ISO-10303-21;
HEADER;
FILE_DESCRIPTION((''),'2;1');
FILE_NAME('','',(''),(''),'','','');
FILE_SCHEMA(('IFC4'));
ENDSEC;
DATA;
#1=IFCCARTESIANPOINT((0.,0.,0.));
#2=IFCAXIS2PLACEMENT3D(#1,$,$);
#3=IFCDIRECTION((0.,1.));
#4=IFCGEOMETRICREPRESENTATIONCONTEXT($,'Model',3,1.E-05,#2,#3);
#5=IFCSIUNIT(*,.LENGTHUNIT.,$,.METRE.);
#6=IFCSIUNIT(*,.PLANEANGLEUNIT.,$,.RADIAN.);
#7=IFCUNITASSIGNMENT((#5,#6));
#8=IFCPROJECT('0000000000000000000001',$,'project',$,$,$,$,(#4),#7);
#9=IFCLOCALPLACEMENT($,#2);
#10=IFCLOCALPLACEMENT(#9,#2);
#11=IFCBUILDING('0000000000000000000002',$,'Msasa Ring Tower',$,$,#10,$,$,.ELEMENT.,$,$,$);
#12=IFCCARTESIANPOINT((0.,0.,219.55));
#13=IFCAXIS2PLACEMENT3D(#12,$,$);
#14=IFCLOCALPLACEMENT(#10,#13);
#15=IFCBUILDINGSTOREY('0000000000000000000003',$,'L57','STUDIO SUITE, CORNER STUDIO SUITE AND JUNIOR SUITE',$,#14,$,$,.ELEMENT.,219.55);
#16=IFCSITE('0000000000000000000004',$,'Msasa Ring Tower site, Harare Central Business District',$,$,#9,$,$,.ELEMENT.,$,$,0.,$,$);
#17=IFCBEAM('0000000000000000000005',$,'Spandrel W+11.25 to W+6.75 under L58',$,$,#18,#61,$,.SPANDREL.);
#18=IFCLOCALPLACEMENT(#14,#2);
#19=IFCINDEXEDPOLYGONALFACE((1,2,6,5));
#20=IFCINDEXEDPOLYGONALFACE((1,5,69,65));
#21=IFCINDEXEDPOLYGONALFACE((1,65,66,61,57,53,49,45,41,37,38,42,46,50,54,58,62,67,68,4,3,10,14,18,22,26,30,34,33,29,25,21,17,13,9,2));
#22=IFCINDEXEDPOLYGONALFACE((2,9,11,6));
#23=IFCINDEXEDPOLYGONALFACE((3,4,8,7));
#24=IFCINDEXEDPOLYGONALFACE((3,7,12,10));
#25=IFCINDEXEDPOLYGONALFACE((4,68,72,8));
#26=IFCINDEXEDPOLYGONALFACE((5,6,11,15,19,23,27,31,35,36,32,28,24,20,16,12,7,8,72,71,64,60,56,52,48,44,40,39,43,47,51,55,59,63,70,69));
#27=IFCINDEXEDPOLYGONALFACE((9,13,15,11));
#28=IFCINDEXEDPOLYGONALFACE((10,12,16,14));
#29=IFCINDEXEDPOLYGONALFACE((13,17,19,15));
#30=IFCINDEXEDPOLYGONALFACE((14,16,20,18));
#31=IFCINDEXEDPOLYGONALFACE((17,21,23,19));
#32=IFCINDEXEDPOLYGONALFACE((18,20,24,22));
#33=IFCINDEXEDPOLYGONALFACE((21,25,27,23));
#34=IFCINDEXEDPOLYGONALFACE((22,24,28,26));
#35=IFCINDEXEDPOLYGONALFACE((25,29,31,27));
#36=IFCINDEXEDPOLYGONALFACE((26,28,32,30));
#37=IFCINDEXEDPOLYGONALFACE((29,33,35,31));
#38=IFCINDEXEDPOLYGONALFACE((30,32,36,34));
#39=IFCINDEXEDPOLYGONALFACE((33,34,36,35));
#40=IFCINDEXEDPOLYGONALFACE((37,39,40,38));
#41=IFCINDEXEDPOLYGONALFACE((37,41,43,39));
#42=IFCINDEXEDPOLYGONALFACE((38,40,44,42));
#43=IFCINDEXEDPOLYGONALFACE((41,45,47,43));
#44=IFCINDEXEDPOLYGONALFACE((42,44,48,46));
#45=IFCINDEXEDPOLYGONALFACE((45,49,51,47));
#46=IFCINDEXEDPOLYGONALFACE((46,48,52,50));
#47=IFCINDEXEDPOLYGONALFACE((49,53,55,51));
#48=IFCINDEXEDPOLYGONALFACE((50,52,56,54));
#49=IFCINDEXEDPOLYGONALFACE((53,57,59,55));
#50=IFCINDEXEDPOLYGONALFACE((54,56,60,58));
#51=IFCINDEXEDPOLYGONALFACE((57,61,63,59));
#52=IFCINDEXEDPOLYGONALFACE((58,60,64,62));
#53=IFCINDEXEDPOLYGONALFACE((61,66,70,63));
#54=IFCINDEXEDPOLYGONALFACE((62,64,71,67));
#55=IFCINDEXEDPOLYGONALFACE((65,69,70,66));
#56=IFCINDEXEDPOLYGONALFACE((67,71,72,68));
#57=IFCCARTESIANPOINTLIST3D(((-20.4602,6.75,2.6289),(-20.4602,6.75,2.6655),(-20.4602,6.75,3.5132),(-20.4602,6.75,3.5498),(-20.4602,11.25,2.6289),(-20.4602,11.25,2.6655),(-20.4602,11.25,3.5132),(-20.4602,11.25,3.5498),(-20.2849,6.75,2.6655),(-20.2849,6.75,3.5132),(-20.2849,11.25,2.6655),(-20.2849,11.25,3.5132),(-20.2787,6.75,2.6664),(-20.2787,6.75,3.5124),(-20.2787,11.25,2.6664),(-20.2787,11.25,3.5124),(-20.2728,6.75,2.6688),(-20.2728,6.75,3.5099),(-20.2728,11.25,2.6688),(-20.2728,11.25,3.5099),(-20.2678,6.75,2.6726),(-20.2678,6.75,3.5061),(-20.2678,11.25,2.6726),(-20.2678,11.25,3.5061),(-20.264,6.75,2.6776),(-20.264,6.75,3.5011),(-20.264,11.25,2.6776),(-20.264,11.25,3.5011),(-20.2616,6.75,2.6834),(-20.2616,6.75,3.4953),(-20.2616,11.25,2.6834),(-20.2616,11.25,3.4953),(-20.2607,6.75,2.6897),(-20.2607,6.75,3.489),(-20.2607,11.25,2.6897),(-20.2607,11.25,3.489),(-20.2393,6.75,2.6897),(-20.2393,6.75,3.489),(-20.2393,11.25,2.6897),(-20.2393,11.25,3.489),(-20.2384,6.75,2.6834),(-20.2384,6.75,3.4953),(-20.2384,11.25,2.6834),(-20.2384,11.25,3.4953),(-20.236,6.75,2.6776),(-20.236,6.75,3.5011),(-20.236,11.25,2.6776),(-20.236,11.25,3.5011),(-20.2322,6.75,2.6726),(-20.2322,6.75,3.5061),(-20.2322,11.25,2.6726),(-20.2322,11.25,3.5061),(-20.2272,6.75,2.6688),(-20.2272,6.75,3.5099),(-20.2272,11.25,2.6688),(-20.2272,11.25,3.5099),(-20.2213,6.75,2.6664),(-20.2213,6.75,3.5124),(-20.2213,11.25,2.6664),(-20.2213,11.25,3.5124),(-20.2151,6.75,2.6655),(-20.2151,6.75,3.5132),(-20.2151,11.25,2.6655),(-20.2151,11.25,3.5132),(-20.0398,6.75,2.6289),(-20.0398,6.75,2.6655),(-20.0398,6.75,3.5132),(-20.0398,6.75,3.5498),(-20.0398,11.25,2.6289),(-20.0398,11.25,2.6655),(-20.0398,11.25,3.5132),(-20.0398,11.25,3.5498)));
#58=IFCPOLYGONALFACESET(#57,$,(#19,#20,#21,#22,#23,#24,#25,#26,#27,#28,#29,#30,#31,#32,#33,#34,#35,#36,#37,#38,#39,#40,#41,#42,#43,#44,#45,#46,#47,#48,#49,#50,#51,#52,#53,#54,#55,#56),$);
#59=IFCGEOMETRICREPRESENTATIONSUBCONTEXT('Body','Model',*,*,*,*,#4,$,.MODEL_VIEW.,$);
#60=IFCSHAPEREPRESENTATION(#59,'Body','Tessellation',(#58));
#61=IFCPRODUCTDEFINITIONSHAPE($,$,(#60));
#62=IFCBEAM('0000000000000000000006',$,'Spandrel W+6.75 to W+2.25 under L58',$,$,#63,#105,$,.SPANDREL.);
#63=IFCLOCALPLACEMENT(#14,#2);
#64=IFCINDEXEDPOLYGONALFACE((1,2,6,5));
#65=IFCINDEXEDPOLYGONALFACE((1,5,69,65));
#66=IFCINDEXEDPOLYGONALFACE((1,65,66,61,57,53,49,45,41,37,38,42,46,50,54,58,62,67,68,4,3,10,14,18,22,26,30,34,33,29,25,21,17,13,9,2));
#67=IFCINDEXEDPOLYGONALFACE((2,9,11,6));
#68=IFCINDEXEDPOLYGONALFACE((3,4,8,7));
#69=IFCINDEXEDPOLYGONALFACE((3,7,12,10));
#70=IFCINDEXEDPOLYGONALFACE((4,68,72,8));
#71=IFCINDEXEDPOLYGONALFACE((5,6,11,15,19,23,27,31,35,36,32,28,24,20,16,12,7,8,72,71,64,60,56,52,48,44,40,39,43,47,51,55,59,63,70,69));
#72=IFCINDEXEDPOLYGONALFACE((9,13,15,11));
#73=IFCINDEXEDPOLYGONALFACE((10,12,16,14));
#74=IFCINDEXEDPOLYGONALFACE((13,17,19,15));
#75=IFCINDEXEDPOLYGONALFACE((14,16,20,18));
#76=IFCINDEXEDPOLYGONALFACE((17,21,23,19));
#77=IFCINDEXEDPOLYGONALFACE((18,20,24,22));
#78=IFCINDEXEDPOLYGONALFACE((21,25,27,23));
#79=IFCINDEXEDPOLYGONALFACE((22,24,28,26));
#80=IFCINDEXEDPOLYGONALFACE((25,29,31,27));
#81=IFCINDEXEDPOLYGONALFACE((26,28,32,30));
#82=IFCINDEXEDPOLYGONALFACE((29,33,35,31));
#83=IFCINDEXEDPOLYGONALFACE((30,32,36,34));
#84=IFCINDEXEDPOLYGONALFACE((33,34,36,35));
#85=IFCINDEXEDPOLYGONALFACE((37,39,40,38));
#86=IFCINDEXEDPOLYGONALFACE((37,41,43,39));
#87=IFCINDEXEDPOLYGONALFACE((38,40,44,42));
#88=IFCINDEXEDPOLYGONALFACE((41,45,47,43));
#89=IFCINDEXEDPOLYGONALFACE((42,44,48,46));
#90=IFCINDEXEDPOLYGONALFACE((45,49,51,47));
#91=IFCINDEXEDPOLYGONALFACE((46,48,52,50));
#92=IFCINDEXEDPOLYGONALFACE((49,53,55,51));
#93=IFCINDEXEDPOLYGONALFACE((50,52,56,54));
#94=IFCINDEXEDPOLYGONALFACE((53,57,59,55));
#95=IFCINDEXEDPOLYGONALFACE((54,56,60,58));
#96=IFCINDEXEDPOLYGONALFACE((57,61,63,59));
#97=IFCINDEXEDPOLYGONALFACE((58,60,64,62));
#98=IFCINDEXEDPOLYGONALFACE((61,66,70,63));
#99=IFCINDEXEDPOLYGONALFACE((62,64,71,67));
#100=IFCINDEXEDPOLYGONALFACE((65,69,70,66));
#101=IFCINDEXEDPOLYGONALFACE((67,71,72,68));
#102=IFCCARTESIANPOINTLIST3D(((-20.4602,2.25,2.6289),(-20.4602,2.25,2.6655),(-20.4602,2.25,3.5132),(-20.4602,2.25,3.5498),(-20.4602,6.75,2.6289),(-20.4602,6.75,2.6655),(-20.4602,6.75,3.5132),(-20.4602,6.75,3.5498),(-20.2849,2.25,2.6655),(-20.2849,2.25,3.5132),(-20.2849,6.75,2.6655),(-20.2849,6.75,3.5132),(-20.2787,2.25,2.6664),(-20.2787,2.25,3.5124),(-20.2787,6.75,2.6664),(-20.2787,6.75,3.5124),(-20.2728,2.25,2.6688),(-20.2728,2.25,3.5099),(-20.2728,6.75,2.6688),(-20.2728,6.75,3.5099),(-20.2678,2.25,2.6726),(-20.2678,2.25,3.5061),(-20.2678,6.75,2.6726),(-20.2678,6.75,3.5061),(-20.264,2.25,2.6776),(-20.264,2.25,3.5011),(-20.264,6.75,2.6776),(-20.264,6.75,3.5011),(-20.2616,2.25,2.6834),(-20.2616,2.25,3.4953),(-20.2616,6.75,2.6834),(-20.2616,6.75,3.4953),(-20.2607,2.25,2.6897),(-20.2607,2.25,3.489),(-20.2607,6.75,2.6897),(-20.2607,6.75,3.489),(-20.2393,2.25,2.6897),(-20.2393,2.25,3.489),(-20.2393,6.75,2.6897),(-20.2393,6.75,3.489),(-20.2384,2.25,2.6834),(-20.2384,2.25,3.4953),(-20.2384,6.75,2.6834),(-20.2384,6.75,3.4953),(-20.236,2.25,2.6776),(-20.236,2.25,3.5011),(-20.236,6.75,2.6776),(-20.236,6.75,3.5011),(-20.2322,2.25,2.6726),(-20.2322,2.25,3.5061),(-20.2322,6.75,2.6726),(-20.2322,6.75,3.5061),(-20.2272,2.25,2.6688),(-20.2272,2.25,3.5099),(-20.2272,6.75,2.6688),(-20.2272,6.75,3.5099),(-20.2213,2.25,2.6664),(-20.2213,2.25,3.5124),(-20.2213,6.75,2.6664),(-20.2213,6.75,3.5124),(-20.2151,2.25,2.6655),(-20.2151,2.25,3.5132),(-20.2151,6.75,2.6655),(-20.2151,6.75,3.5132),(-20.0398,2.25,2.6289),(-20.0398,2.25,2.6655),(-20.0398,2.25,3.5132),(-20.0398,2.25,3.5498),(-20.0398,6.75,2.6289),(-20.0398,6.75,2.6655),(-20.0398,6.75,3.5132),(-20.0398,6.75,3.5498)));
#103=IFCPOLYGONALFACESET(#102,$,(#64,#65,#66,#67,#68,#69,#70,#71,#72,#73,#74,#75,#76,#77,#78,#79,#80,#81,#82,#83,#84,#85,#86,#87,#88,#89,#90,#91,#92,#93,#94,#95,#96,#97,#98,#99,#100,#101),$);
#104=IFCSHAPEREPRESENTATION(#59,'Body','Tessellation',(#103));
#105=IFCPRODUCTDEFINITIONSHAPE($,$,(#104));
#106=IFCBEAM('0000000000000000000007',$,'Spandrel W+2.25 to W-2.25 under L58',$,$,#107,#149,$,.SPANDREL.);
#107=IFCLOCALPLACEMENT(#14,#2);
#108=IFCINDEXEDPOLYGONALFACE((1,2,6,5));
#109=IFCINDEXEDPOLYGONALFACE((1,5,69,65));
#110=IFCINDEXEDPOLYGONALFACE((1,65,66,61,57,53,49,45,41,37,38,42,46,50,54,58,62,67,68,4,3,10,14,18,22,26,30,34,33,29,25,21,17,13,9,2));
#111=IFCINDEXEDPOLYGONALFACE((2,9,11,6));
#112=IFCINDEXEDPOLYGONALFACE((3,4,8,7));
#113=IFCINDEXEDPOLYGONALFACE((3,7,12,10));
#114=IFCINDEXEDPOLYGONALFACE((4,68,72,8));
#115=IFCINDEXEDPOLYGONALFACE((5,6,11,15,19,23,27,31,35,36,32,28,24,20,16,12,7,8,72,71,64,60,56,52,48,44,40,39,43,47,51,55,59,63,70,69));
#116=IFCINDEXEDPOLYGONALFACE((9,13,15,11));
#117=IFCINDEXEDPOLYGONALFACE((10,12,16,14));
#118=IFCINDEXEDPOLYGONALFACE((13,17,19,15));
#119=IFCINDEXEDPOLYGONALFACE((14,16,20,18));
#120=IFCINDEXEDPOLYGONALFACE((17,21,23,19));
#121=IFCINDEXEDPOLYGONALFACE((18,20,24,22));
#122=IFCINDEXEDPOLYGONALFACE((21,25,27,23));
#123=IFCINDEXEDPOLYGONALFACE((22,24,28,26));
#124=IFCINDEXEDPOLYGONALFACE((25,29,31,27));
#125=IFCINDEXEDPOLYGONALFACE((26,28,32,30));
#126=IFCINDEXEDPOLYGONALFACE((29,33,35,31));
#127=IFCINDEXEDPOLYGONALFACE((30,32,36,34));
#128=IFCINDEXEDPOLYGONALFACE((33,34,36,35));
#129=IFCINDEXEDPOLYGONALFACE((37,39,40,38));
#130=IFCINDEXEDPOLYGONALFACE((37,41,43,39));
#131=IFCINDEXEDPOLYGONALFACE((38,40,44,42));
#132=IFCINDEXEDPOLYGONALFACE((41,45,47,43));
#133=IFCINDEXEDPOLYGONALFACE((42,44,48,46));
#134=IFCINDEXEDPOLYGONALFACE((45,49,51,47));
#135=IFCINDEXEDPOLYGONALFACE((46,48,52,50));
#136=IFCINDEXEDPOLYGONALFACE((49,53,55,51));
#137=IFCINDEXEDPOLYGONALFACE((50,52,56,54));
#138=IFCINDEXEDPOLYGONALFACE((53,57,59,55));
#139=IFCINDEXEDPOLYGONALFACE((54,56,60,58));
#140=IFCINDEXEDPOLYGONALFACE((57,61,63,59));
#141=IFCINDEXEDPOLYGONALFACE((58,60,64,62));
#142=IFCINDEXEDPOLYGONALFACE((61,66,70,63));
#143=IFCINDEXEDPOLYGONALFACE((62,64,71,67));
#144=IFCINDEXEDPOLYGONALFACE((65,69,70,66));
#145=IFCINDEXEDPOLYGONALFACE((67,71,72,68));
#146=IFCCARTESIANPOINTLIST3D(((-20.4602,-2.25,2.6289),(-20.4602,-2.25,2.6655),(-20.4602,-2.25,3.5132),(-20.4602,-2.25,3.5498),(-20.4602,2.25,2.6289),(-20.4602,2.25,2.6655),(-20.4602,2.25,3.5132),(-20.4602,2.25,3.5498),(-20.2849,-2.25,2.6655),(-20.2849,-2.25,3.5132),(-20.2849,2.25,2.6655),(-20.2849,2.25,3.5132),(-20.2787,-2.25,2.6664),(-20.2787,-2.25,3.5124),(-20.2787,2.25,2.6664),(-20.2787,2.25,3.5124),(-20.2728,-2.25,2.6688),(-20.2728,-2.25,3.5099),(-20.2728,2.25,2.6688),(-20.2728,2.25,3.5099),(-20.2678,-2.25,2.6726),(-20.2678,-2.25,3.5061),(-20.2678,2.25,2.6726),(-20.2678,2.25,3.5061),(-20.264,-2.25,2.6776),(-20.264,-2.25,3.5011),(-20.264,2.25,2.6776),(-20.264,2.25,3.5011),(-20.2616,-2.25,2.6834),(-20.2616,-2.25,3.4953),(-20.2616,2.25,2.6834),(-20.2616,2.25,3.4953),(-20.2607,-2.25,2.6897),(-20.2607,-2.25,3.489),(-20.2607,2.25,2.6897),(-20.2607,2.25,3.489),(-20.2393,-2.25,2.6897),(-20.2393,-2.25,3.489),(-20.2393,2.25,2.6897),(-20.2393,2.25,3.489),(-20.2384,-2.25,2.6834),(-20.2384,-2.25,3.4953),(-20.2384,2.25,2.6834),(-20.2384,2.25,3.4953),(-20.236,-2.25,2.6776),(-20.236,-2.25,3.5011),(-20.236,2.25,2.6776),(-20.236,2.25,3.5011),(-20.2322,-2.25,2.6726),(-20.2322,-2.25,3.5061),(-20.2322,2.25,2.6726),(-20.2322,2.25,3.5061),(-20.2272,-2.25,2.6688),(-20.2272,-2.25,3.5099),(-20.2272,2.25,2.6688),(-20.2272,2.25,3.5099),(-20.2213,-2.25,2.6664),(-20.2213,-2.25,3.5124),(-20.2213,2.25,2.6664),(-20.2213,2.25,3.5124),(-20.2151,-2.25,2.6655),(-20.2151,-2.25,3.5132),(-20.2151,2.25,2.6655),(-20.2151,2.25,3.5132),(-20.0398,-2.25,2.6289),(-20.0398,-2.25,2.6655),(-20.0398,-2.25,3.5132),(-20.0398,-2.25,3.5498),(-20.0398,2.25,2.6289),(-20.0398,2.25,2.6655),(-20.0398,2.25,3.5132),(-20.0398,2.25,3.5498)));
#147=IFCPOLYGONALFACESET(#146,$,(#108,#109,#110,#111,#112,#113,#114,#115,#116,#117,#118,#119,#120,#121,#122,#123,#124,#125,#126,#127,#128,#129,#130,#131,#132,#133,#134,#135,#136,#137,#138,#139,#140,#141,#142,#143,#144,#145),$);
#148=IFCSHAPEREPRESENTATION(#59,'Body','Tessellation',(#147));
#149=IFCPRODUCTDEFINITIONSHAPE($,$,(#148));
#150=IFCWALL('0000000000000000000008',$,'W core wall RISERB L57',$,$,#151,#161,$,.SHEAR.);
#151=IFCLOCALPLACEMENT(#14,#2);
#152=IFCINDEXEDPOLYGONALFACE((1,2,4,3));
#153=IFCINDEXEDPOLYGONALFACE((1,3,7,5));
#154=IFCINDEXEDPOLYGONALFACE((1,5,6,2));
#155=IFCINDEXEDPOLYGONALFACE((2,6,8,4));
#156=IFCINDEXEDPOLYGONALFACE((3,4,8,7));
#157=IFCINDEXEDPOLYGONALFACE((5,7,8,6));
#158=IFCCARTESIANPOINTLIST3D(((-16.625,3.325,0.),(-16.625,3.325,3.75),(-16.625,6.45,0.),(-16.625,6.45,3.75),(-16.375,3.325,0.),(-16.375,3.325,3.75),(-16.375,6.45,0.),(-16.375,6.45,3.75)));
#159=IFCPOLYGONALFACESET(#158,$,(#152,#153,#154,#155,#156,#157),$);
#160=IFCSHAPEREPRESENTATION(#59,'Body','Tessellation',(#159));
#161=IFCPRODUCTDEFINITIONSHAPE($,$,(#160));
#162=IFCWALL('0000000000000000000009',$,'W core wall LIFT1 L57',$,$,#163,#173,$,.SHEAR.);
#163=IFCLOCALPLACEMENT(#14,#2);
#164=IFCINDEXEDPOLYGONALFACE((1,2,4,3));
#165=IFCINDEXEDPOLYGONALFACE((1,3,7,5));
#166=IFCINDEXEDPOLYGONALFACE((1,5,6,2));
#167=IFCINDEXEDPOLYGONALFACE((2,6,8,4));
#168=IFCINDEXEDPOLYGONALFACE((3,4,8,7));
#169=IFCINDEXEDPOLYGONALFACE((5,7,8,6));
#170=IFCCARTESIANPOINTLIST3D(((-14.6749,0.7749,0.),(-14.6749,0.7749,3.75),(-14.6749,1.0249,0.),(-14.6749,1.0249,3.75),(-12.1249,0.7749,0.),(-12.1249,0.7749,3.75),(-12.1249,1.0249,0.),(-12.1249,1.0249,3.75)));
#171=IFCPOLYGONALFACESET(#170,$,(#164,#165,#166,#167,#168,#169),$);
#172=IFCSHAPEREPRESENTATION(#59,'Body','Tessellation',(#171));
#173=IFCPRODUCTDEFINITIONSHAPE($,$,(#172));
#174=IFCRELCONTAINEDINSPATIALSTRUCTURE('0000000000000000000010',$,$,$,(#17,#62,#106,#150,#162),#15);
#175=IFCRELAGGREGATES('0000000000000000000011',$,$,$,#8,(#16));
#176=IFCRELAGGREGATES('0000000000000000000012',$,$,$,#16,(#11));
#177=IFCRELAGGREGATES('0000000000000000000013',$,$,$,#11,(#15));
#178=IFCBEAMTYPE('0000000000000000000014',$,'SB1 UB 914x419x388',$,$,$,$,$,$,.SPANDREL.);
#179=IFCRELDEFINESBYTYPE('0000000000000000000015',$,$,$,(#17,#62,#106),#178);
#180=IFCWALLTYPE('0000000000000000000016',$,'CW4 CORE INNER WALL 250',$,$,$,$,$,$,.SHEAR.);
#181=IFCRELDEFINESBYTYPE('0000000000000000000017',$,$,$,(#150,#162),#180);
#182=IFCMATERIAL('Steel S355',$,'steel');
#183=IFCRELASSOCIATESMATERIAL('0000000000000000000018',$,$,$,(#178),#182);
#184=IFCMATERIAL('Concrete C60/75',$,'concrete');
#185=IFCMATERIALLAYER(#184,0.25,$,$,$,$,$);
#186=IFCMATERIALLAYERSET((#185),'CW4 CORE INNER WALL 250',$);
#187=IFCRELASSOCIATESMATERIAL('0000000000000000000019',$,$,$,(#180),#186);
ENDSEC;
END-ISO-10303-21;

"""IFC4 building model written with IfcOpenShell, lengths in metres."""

from ifc_helpers import new_model, si_unit, direction, frame, frame_2d, origin, origin_2d, place, context, subcontext, project, spatial, rectangle, i_section, extrude, material, layer, layer_set, material_profile, profile_set, type_object, element, save


model = new_model("IFC4")

# Units and contexts
model_context = context("Model", 3, precision=1e-05, world=origin(), true_north=direction((0.0, 1.0)))
body_context = subcontext(model_context, "Body", "Model", "MODEL_VIEW")
ifc_project = project(units=[si_unit("LENGTHUNIT", "METRE"), si_unit("PLANEANGLEUNIT", "RADIAN")], contexts=[model_context])

# Site, building, storey
site_placement = place(None, origin())
site = spatial("IfcSite", under=ifc_project, at=site_placement, Name="Msasa Ring Tower site, Harare Central Business District", CompositionType="ELEMENT", RefElevation=0.0)
building_placement = place(site_placement, origin())
building = spatial("IfcBuilding", under=site, at=building_placement, Name="Msasa Ring Tower", CompositionType="ELEMENT")
storey_placement = place(building_placement, frame((0.0, 0.0, 219.55)))
storey = spatial("IfcBuildingStorey", under=building, at=storey_placement, Name="L57", Description="STUDIO SUITE, CORNER STUDIO SUITE AND JUNIOR SUITE", CompositionType="ELEMENT", Elevation=219.55)

# Beams
ifc_material_1 = material(Name="Steel S355", Category="steel")
ifc_material_profile_1 = material_profile(ifc_material_1, i_section(OverallWidth=0.4204, OverallDepth=0.9209, WebThickness=0.0215, FlangeThickness=0.0366, FilletRadius=0.0242, at=origin_2d()), Name="UB 914x419x388")
ifc_profile_set_1 = profile_set([ifc_material_profile_1], Name="Steel S355")
beam_type_1 = type_object("IfcBeamType", Name="SB1 UB 914x419x388", PredefinedType="SPANDREL", material=ifc_profile_set_1)
for number, where, z_axis, x_axis, name in (
    (1, (-20.25, 11.25, 3.0894), (0.0, -1.0, 0.0), (1.0, 0.0, 0.0), "Spandrel W+11.25 to W+6.75 under L58"),
    (2, (-20.25, 6.75, 3.0894), (0.0, -1.0, 0.0), (1.0, 0.0, 0.0), "Spandrel W+6.75 to W+2.25 under L58"),
    (3, (-20.25, 2.25, 3.0894), (0.0, -1.0, 0.0), (1.0, 0.0, 0.0), "Spandrel W+2.25 to W-2.25 under L58"),
):
    element("IfcBeam", number, at=place(storey_placement, frame(where, z_axis=z_axis, x_axis=x_axis)), inside=storey, type_object=beam_type_1, Name=name, PredefinedType="SPANDREL", context=body_context, shape_type="SweptSolid", body=[
        extrude(i_section(OverallWidth=0.4204, OverallDepth=0.9209, WebThickness=0.0215, FlangeThickness=0.0366, FilletRadius=0.0242, at=origin_2d()), origin(), (0.0, 0.0, 1.0), 4.5),
    ])

# Walls
ifc_material_2 = material(Name="Concrete C60/75", Category="concrete")
ifc_layer_1 = layer(ifc_material_2, 0.25)
ifc_layer_set_1 = layer_set([ifc_layer_1], Name="CW4 CORE INNER WALL 250")
wall_type_1 = type_object("IfcWallType", Name="CW4 CORE INNER WALL 250", PredefinedType="SHEAR", material=ifc_layer_set_1)
wall_1_placement = place(storey_placement, frame((-16.5, 3.325, 0.0), z_axis=(0.0, 0.0, 1.0), x_axis=(0.0, 1.0, 0.0)))
element("IfcWall", 4, at=wall_1_placement, inside=storey, type_object=wall_type_1, Name="W core wall RISERB L57", PredefinedType="SHEAR", context=body_context, shape_type="SweptSolid", body=[
    extrude(rectangle(XDim=3.125, YDim=0.25, at=frame_2d((1.5625, 0.0))), origin(), (0.0, 0.0, 1.0), 3.75),
])
wall_2_placement = place(storey_placement, frame((-12.125, 0.8999, 0.0), z_axis=(0.0, 0.0, 1.0), x_axis=(-1.0, 0.0, 0.0)))
element("IfcWall", 5, at=wall_2_placement, inside=storey, type_object=wall_type_1, Name="W core wall LIFT1 L57", PredefinedType="SHEAR", context=body_context, shape_type="SweptSolid", body=[
    extrude(rectangle(XDim=2.55, YDim=0.25, at=frame_2d((1.2749, 0.0))), origin(), (0.0, 0.0, 1.0), 3.75),
])

save(model, "model.ifc")
